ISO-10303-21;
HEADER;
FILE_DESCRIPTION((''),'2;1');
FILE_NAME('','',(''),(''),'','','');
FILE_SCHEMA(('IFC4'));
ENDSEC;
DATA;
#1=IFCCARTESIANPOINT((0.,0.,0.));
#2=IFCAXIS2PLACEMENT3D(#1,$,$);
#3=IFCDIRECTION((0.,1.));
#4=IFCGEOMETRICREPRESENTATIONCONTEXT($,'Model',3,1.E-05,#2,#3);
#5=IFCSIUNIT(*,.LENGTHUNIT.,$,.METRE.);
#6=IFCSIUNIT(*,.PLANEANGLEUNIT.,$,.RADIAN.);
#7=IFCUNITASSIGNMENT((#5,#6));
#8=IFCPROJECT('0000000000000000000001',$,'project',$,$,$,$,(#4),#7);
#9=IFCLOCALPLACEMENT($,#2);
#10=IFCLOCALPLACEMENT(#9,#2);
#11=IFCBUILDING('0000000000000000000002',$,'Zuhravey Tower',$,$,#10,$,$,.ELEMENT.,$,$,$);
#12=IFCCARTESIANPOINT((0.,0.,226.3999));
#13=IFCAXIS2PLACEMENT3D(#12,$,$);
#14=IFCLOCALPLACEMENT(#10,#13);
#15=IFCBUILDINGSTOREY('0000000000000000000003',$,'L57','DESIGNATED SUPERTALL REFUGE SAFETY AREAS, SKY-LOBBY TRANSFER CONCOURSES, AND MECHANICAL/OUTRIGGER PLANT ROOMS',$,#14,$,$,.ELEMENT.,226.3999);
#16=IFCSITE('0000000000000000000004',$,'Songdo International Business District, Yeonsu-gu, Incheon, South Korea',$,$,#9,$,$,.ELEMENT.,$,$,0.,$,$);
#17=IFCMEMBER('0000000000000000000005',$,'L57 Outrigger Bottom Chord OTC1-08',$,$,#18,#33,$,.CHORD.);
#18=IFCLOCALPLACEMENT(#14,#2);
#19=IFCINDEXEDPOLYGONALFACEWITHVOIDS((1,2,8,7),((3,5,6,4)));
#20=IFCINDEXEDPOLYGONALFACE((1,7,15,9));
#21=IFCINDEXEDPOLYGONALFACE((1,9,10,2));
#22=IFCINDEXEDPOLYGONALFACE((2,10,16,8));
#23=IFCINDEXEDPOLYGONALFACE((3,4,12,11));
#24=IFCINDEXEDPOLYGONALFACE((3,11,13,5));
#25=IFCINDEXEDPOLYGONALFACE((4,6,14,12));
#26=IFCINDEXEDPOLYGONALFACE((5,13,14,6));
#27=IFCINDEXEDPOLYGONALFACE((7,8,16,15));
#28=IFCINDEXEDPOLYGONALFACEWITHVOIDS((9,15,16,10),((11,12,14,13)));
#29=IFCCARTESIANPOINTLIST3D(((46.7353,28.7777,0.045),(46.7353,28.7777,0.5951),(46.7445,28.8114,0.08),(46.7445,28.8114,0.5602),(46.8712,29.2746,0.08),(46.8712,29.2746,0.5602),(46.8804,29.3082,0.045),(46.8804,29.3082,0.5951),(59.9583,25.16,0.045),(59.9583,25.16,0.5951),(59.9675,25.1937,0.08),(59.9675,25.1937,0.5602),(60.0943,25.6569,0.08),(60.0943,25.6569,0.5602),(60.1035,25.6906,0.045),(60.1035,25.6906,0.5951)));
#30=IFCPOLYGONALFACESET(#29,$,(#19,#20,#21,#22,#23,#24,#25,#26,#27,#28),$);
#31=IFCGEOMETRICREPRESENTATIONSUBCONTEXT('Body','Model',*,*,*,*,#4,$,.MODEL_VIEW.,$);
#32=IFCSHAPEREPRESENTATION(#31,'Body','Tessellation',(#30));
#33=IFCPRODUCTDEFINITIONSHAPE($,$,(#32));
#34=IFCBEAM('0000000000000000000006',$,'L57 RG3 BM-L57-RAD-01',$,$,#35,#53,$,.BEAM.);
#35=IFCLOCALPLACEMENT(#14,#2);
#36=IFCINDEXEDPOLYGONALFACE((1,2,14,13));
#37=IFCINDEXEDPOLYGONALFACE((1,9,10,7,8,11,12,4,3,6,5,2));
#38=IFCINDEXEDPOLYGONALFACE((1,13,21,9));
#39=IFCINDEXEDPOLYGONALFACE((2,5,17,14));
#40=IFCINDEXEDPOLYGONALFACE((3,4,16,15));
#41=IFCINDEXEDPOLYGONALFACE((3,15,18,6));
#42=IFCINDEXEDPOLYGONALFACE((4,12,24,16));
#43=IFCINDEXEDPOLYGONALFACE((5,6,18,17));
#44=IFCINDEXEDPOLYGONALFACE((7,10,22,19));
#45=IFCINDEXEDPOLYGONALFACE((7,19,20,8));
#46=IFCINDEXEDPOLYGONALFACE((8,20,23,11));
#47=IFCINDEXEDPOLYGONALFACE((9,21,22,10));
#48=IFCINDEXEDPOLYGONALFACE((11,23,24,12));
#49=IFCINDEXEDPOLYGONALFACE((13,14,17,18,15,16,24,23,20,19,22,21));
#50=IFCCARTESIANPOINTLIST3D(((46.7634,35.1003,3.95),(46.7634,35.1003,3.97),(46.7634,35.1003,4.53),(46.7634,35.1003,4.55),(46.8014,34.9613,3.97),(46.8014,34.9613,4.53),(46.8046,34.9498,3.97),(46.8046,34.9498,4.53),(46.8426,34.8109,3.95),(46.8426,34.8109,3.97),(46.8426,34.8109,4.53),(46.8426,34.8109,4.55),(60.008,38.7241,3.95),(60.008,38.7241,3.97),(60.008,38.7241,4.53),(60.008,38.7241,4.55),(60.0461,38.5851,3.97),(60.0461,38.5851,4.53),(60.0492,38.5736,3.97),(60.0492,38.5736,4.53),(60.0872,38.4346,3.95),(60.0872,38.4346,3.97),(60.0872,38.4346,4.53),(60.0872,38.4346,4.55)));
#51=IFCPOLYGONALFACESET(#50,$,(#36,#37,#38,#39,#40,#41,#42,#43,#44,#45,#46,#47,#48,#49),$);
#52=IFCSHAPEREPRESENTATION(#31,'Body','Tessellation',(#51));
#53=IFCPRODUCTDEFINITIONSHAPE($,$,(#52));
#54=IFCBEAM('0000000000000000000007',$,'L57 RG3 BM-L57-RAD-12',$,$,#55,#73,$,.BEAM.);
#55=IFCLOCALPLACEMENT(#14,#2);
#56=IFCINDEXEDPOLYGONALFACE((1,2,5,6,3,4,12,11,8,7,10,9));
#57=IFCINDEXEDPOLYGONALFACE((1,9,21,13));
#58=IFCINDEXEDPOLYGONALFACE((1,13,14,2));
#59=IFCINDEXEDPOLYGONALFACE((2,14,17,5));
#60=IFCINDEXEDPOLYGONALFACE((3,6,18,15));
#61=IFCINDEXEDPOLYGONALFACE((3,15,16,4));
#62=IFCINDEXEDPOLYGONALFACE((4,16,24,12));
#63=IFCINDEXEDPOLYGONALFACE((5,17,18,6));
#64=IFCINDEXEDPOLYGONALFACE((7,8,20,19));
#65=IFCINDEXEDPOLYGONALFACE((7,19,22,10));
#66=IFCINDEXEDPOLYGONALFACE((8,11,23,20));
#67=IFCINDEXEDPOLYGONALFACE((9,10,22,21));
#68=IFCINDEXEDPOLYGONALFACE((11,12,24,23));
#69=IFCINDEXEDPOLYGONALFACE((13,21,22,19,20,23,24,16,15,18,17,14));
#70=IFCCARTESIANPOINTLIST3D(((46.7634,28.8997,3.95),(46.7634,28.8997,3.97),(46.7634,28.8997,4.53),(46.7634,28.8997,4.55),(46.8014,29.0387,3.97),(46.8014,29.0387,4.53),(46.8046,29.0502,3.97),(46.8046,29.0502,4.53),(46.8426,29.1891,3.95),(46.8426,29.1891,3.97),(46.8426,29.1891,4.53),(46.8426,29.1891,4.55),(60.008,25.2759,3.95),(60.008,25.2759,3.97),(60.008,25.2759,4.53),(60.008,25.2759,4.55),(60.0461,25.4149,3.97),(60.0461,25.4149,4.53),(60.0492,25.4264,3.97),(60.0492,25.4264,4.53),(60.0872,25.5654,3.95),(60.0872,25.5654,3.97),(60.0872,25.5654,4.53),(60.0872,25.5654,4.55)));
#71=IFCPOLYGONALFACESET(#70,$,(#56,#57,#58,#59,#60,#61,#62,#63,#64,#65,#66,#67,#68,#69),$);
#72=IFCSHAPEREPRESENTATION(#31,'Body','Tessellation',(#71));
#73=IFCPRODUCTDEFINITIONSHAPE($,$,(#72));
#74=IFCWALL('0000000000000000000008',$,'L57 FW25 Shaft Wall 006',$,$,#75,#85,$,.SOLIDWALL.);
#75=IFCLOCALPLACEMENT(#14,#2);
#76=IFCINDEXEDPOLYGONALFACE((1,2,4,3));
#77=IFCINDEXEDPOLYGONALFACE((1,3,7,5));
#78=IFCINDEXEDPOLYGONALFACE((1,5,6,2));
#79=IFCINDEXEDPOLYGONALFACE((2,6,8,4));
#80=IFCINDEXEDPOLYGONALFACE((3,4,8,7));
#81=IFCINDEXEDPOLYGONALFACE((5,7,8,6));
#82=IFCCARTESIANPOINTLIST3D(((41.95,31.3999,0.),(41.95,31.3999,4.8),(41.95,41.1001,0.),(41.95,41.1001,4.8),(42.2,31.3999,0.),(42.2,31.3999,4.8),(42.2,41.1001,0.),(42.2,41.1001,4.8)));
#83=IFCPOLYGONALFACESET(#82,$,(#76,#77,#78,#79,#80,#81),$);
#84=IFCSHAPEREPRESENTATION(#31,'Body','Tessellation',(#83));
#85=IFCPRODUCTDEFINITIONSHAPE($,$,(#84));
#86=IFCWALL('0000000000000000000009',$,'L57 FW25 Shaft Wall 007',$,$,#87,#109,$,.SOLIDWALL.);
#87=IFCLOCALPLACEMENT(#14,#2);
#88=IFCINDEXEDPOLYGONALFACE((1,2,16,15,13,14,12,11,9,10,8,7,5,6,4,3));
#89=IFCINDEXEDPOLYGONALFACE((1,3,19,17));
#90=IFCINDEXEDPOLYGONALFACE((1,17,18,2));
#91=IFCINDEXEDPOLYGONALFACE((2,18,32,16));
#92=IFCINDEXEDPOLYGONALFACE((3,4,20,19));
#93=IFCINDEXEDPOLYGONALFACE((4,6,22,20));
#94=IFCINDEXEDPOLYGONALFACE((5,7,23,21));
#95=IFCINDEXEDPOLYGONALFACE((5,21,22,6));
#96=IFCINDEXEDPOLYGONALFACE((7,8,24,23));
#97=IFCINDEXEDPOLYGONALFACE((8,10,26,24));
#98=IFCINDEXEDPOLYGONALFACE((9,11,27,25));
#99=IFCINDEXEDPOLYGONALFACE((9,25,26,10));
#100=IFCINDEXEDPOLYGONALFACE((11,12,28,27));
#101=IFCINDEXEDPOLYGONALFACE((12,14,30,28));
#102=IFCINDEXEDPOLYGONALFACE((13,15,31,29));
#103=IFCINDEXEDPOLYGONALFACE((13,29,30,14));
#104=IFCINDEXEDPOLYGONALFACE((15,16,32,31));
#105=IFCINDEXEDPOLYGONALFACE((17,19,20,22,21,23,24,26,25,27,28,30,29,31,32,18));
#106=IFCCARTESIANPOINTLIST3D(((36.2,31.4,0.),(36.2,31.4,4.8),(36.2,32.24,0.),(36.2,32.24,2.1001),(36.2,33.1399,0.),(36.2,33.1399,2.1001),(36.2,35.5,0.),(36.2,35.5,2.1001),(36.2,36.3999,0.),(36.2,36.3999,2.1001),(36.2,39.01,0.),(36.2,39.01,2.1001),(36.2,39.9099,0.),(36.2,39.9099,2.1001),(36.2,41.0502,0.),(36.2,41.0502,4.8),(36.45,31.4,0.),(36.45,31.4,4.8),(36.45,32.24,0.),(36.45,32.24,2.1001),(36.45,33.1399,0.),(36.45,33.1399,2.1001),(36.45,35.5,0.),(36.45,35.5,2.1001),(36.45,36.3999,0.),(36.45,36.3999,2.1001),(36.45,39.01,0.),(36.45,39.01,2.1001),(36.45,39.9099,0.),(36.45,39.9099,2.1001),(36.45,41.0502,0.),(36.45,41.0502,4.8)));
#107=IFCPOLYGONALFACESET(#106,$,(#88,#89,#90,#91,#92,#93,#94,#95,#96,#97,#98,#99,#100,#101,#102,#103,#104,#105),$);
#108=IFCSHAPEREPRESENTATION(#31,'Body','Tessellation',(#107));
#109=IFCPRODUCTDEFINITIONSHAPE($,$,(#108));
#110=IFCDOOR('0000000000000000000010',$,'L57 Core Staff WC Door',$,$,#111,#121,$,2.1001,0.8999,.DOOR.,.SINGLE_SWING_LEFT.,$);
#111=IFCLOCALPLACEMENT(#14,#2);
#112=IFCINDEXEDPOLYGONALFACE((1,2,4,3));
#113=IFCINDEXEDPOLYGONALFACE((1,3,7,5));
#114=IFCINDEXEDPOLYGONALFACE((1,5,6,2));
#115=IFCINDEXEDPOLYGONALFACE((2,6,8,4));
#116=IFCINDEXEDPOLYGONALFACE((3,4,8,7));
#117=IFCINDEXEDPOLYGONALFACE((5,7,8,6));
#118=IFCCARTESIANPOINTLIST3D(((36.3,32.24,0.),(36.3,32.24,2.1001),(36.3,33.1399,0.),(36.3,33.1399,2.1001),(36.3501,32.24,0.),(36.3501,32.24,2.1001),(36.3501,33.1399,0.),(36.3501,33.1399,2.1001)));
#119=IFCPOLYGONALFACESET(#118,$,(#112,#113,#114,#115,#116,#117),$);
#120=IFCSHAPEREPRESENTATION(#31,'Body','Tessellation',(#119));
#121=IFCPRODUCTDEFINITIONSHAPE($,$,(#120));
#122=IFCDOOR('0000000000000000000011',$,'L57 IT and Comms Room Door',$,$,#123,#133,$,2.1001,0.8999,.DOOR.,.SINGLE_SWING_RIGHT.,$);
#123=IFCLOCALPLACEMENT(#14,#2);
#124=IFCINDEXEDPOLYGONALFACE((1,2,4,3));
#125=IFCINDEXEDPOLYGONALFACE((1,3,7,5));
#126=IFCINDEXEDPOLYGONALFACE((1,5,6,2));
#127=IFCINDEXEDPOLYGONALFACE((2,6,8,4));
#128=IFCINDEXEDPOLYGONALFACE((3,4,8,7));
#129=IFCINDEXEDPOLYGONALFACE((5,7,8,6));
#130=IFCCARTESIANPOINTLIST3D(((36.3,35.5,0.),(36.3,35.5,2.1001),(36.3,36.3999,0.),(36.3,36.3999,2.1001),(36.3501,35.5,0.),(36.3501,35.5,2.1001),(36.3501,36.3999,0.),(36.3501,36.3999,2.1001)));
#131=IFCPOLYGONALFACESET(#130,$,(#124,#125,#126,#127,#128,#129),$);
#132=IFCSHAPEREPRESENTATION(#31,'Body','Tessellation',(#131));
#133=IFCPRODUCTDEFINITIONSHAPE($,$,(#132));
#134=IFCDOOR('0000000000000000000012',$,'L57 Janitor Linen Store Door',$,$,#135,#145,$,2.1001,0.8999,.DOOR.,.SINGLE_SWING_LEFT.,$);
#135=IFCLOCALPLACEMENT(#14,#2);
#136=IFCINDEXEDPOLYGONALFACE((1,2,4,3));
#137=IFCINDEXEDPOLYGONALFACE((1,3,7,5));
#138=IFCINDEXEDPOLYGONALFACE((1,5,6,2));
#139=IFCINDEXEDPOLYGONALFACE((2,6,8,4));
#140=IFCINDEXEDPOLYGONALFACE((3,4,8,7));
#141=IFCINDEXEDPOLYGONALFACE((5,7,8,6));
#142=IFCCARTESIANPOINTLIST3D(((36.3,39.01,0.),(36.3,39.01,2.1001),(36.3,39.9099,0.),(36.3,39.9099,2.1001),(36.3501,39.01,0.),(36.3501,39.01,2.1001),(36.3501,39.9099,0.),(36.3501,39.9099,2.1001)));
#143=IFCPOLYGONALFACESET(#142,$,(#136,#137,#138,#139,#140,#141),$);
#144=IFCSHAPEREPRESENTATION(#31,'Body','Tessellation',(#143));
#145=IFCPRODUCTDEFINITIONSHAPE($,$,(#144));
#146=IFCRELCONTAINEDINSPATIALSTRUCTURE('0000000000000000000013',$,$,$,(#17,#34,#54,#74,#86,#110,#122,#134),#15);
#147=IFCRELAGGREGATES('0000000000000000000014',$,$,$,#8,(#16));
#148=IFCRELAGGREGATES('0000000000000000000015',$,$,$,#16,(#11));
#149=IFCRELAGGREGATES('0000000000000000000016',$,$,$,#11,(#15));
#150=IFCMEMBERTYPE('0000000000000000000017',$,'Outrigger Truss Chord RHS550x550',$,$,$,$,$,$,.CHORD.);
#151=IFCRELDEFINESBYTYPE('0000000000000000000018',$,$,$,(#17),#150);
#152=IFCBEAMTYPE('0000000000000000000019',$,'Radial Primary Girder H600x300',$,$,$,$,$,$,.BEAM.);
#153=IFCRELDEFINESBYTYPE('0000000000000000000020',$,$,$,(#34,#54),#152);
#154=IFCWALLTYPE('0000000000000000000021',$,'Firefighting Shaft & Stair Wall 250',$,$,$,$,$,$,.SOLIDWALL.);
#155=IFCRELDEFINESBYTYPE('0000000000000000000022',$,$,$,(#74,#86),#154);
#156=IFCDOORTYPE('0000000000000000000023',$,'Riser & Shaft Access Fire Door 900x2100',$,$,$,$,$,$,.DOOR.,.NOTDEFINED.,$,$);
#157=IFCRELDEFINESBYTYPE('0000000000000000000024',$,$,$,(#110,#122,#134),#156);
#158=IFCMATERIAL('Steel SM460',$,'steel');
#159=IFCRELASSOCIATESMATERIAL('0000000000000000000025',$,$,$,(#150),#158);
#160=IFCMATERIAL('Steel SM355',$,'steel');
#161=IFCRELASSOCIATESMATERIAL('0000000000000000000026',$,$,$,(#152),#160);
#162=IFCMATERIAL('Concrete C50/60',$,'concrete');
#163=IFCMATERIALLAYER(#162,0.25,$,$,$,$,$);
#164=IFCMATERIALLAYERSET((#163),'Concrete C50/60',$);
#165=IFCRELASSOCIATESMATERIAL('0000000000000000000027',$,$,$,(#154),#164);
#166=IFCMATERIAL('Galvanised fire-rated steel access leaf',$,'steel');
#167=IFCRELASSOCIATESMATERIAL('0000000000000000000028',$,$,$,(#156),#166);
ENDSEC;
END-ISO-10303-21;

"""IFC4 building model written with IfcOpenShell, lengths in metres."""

from ifc_helpers import new_model, si_unit, direction, frame, frame_2d, origin, origin_2d, place, context, subcontext, project, spatial, rectangle, hollow_rectangle, i_section, extrude, material, layer, layer_set, material_profile, profile_set, type_object, element, fill, save


model = new_model("IFC4")

# Units and contexts
model_context = context("Model", 3, precision=1e-05, world=origin(), true_north=direction((0.0, 1.0)))
body_context = subcontext(model_context, "Body", "Model", "MODEL_VIEW")
ifc_project = project(units=[si_unit("LENGTHUNIT", "METRE"), si_unit("PLANEANGLEUNIT", "RADIAN")], contexts=[model_context])

# Site, building, storey
site_placement = place(None, origin())
site = spatial("IfcSite", under=ifc_project, at=site_placement, Name="Songdo International Business District, Yeonsu-gu, Incheon, South Korea", CompositionType="ELEMENT", RefElevation=0.0)
building_placement = place(site_placement, origin())
building = spatial("IfcBuilding", under=site, at=building_placement, Name="Zuhravey Tower", CompositionType="ELEMENT")
storey_placement = place(building_placement, frame((0.0, 0.0, 226.3999)))
storey = spatial("IfcBuildingStorey", under=building, at=storey_placement, Name="L57", Description="DESIGNATED SUPERTALL REFUGE SAFETY AREAS, SKY-LOBBY TRANSFER CONCOURSES, AND MECHANICAL/OUTRIGGER PLANT ROOMS", CompositionType="ELEMENT", Elevation=226.3999)

# Member
ifc_material_1 = material(Name="Steel SM460", Category="steel")
ifc_material_profile_1 = material_profile(ifc_material_1, hollow_rectangle(XDim=0.55, YDim=0.55, WallThickness=0.0349, at=origin_2d()), Name="RHS-550x550x35")
ifc_profile_set_1 = profile_set([ifc_material_profile_1], Name="Steel SM460")
member_type = type_object("IfcMemberType", Name="Outrigger Truss Chord RHS550x550", PredefinedType="CHORD", material=ifc_profile_set_1)
member_placement = place(storey_placement, frame((46.8079, 29.043, 0.3201), z_axis=(0.964553, -0.263889, 0.0), x_axis=(0.263889, 0.964553, 0.0)))
element("IfcMember", 1, at=member_placement, inside=storey, type_object=member_type, Name="L57 Outrigger Bottom Chord OTC1-08", PredefinedType="CHORD", context=body_context, shape_type="SweptSolid", body=[
    extrude(hollow_rectangle(XDim=0.55, YDim=0.55, WallThickness=0.0349, at=origin_2d()), origin(), (0.0, 0.0, 1.0), 13.709),
])

# Beams
ifc_material_2 = material(Name="Steel SM355", Category="steel")
ifc_material_profile_2 = material_profile(ifc_material_2, i_section(OverallWidth=0.3, OverallDepth=0.6001, WebThickness=0.012, FlangeThickness=0.02, at=origin_2d()), Name="H-600x300x12x20")
ifc_profile_set_2 = profile_set([ifc_material_profile_2], Name="Steel SM355")
beam_type = type_object("IfcBeamType", Name="Radial Primary Girder H600x300", PredefinedType="BEAM", material=ifc_profile_set_2)
for number, where, z_axis, x_axis, name in (
    (2, (46.803, 34.9556, 4.25), (0.964549, 0.263904, 0.0), (-0.263904, 0.964549, 0.0), "L57 RG3 BM-L57-RAD-01"),
    (3, (46.803, 29.0444, 4.25), (0.964549, -0.263904, 0.0), (0.263904, 0.964549, 0.0), "L57 RG3 BM-L57-RAD-12"),
):
    element("IfcBeam", number, at=place(storey_placement, frame(where, z_axis=z_axis, x_axis=x_axis)), inside=storey, type_object=beam_type, Name=name, PredefinedType="BEAM", context=body_context, shape_type="SweptSolid", body=[
        extrude(i_section(OverallWidth=0.3, OverallDepth=0.6001, WebThickness=0.012, FlangeThickness=0.02, at=origin_2d()), origin(), (0.0, 0.0, 1.0), 13.7314),
    ])

# Wall
ifc_material_3 = material(Name="Concrete C50/60", Category="concrete")
ifc_layer_1 = layer(ifc_material_3, 0.25)
ifc_layer_set_1 = layer_set([ifc_layer_1], Name="Concrete C50/60")
wall_type_1 = type_object("IfcWallType", Name="Firefighting Shaft & Stair Wall 250", PredefinedType="SOLIDWALL", material=ifc_layer_set_1)
wall_1_placement = place(storey_placement, frame((42.075, 31.3999, 0.0), z_axis=(0.0, 0.0, 1.0), x_axis=(0.0, 1.0, 0.0)))
element("IfcWall", 4, at=wall_1_placement, inside=storey, type_object=wall_type_1, Name="L57 FW25 Shaft Wall 006", PredefinedType="SOLIDWALL", context=body_context, shape_type="SweptSolid", body=[
    extrude(rectangle(XDim=9.7002, YDim=0.25, at=frame_2d((4.8501, 0.0))), origin(), (0.0, 0.0, 1.0), 4.8),
])

# Wall, openings, doors
wall_2_placement = place(storey_placement, frame((36.325, 31.3999, 0.0), z_axis=(0.0, 0.0, 1.0), x_axis=(0.0, 1.0, 0.0)))
wall_2 = element("IfcWall", 5, at=wall_2_placement, inside=storey, type_object=wall_type_1, Name="L57 FW25 Shaft Wall 007", PredefinedType="SOLIDWALL", context=body_context, shape_type="SweptSolid", body=[
    extrude(rectangle(XDim=9.6501, YDim=0.25, at=frame_2d((4.8252, 0.0))), origin(), (0.0, 0.0, 1.0), 4.8),
])
opening_1_placement = place(wall_2_placement, frame((0.8401, 0.0, 0.0)))
opening_1 = element("IfcOpeningElement", 6, at=opening_1_placement, cuts=wall_2, PredefinedType="OPENING", context=body_context, shape_type="SweptSolid", body=[
    extrude(rectangle(XDim=0.8999, YDim=2.1001, at=frame_2d((0.45, 1.05))), frame((0.0, 0.137, 0.0), z_axis=(0.0, -1.0, 0.0), x_axis=(1.0, 0.0, 0.0)), (0.0, 0.0, 1.0), 0.2739),
])
opening_2_placement = place(wall_2_placement, frame((4.1001, 0.0, 0.0)))
opening_2 = element("IfcOpeningElement", 7, at=opening_2_placement, cuts=wall_2, PredefinedType="OPENING", context=body_context, shape_type="SweptSolid", body=[
    extrude(rectangle(XDim=0.8999, YDim=2.1001, at=frame_2d((0.45, 1.05))), frame((0.0, 0.137, 0.0), z_axis=(0.0, -1.0, 0.0), x_axis=(1.0, 0.0, 0.0)), (0.0, 0.0, 1.0), 0.2739),
])
opening_3_placement = place(wall_2_placement, frame((7.6101, 0.0, 0.0)))
opening_3 = element("IfcOpeningElement", 8, at=opening_3_placement, cuts=wall_2, PredefinedType="OPENING", context=body_context, shape_type="SweptSolid", body=[
    extrude(rectangle(XDim=0.8999, YDim=2.1001, at=frame_2d((0.45, 1.05))), frame((0.0, 0.137, 0.0), z_axis=(0.0, -1.0, 0.0), x_axis=(1.0, 0.0, 0.0)), (0.0, 0.0, 1.0), 0.2739),
])
ifc_material_4 = material(Name="Galvanised fire-rated steel access leaf", Category="steel")
door_type_1 = type_object("IfcDoorType", Name="Riser & Shaft Access Fire Door 900x2100", OperationType="NOTDEFINED", PredefinedType="DOOR", material=ifc_material_4)
door_1_placement = place(opening_1_placement, origin())
door_1 = element("IfcDoor", 9, at=door_1_placement, inside=storey, type_object=door_type_1, Name="L57 Core Staff WC Door", OperationType="SINGLE_SWING_LEFT", OverallHeight=2.1001, OverallWidth=0.8999, PredefinedType="DOOR", context=body_context, shape_type="SweptSolid", body=[
    extrude(rectangle(XDim=0.8999, YDim=2.1001, at=frame_2d((0.45, 1.05))), frame((0.0, 0.0249, 0.0), z_axis=(0.0, -1.0, 0.0), x_axis=(1.0, 0.0, 0.0)), (0.0, 0.0, 1.0), 0.05),
])
fill(opening_1, door_1)
door_2_placement = place(opening_2_placement, origin())
door_2 = element("IfcDoor", 10, at=door_2_placement, inside=storey, type_object=door_type_1, Name="L57 IT and Comms Room Door", OperationType="SINGLE_SWING_RIGHT", OverallHeight=2.1001, OverallWidth=0.8999, PredefinedType="DOOR", context=body_context, shape_type="SweptSolid", body=[
    extrude(rectangle(XDim=0.8999, YDim=2.1001, at=frame_2d((0.45, 1.05))), frame((0.0, 0.0249, 0.0), z_axis=(0.0, -1.0, 0.0), x_axis=(1.0, 0.0, 0.0)), (0.0, 0.0, 1.0), 0.05),
])
fill(opening_2, door_2)
door_3_placement = place(opening_3_placement, origin())
door_3 = element("IfcDoor", 11, at=door_3_placement, inside=storey, type_object=door_type_1, Name="L57 Janitor Linen Store Door", OperationType="SINGLE_SWING_LEFT", OverallHeight=2.1001, OverallWidth=0.8999, PredefinedType="DOOR", context=body_context, shape_type="SweptSolid", body=[
    extrude(rectangle(XDim=0.8999, YDim=2.1001, at=frame_2d((0.45, 1.05))), frame((0.0, 0.0249, 0.0), z_axis=(0.0, -1.0, 0.0), x_axis=(1.0, 0.0, 0.0)), (0.0, 0.0, 1.0), 0.05),
])
fill(opening_3, door_3)

save(model, "model.ifc")
